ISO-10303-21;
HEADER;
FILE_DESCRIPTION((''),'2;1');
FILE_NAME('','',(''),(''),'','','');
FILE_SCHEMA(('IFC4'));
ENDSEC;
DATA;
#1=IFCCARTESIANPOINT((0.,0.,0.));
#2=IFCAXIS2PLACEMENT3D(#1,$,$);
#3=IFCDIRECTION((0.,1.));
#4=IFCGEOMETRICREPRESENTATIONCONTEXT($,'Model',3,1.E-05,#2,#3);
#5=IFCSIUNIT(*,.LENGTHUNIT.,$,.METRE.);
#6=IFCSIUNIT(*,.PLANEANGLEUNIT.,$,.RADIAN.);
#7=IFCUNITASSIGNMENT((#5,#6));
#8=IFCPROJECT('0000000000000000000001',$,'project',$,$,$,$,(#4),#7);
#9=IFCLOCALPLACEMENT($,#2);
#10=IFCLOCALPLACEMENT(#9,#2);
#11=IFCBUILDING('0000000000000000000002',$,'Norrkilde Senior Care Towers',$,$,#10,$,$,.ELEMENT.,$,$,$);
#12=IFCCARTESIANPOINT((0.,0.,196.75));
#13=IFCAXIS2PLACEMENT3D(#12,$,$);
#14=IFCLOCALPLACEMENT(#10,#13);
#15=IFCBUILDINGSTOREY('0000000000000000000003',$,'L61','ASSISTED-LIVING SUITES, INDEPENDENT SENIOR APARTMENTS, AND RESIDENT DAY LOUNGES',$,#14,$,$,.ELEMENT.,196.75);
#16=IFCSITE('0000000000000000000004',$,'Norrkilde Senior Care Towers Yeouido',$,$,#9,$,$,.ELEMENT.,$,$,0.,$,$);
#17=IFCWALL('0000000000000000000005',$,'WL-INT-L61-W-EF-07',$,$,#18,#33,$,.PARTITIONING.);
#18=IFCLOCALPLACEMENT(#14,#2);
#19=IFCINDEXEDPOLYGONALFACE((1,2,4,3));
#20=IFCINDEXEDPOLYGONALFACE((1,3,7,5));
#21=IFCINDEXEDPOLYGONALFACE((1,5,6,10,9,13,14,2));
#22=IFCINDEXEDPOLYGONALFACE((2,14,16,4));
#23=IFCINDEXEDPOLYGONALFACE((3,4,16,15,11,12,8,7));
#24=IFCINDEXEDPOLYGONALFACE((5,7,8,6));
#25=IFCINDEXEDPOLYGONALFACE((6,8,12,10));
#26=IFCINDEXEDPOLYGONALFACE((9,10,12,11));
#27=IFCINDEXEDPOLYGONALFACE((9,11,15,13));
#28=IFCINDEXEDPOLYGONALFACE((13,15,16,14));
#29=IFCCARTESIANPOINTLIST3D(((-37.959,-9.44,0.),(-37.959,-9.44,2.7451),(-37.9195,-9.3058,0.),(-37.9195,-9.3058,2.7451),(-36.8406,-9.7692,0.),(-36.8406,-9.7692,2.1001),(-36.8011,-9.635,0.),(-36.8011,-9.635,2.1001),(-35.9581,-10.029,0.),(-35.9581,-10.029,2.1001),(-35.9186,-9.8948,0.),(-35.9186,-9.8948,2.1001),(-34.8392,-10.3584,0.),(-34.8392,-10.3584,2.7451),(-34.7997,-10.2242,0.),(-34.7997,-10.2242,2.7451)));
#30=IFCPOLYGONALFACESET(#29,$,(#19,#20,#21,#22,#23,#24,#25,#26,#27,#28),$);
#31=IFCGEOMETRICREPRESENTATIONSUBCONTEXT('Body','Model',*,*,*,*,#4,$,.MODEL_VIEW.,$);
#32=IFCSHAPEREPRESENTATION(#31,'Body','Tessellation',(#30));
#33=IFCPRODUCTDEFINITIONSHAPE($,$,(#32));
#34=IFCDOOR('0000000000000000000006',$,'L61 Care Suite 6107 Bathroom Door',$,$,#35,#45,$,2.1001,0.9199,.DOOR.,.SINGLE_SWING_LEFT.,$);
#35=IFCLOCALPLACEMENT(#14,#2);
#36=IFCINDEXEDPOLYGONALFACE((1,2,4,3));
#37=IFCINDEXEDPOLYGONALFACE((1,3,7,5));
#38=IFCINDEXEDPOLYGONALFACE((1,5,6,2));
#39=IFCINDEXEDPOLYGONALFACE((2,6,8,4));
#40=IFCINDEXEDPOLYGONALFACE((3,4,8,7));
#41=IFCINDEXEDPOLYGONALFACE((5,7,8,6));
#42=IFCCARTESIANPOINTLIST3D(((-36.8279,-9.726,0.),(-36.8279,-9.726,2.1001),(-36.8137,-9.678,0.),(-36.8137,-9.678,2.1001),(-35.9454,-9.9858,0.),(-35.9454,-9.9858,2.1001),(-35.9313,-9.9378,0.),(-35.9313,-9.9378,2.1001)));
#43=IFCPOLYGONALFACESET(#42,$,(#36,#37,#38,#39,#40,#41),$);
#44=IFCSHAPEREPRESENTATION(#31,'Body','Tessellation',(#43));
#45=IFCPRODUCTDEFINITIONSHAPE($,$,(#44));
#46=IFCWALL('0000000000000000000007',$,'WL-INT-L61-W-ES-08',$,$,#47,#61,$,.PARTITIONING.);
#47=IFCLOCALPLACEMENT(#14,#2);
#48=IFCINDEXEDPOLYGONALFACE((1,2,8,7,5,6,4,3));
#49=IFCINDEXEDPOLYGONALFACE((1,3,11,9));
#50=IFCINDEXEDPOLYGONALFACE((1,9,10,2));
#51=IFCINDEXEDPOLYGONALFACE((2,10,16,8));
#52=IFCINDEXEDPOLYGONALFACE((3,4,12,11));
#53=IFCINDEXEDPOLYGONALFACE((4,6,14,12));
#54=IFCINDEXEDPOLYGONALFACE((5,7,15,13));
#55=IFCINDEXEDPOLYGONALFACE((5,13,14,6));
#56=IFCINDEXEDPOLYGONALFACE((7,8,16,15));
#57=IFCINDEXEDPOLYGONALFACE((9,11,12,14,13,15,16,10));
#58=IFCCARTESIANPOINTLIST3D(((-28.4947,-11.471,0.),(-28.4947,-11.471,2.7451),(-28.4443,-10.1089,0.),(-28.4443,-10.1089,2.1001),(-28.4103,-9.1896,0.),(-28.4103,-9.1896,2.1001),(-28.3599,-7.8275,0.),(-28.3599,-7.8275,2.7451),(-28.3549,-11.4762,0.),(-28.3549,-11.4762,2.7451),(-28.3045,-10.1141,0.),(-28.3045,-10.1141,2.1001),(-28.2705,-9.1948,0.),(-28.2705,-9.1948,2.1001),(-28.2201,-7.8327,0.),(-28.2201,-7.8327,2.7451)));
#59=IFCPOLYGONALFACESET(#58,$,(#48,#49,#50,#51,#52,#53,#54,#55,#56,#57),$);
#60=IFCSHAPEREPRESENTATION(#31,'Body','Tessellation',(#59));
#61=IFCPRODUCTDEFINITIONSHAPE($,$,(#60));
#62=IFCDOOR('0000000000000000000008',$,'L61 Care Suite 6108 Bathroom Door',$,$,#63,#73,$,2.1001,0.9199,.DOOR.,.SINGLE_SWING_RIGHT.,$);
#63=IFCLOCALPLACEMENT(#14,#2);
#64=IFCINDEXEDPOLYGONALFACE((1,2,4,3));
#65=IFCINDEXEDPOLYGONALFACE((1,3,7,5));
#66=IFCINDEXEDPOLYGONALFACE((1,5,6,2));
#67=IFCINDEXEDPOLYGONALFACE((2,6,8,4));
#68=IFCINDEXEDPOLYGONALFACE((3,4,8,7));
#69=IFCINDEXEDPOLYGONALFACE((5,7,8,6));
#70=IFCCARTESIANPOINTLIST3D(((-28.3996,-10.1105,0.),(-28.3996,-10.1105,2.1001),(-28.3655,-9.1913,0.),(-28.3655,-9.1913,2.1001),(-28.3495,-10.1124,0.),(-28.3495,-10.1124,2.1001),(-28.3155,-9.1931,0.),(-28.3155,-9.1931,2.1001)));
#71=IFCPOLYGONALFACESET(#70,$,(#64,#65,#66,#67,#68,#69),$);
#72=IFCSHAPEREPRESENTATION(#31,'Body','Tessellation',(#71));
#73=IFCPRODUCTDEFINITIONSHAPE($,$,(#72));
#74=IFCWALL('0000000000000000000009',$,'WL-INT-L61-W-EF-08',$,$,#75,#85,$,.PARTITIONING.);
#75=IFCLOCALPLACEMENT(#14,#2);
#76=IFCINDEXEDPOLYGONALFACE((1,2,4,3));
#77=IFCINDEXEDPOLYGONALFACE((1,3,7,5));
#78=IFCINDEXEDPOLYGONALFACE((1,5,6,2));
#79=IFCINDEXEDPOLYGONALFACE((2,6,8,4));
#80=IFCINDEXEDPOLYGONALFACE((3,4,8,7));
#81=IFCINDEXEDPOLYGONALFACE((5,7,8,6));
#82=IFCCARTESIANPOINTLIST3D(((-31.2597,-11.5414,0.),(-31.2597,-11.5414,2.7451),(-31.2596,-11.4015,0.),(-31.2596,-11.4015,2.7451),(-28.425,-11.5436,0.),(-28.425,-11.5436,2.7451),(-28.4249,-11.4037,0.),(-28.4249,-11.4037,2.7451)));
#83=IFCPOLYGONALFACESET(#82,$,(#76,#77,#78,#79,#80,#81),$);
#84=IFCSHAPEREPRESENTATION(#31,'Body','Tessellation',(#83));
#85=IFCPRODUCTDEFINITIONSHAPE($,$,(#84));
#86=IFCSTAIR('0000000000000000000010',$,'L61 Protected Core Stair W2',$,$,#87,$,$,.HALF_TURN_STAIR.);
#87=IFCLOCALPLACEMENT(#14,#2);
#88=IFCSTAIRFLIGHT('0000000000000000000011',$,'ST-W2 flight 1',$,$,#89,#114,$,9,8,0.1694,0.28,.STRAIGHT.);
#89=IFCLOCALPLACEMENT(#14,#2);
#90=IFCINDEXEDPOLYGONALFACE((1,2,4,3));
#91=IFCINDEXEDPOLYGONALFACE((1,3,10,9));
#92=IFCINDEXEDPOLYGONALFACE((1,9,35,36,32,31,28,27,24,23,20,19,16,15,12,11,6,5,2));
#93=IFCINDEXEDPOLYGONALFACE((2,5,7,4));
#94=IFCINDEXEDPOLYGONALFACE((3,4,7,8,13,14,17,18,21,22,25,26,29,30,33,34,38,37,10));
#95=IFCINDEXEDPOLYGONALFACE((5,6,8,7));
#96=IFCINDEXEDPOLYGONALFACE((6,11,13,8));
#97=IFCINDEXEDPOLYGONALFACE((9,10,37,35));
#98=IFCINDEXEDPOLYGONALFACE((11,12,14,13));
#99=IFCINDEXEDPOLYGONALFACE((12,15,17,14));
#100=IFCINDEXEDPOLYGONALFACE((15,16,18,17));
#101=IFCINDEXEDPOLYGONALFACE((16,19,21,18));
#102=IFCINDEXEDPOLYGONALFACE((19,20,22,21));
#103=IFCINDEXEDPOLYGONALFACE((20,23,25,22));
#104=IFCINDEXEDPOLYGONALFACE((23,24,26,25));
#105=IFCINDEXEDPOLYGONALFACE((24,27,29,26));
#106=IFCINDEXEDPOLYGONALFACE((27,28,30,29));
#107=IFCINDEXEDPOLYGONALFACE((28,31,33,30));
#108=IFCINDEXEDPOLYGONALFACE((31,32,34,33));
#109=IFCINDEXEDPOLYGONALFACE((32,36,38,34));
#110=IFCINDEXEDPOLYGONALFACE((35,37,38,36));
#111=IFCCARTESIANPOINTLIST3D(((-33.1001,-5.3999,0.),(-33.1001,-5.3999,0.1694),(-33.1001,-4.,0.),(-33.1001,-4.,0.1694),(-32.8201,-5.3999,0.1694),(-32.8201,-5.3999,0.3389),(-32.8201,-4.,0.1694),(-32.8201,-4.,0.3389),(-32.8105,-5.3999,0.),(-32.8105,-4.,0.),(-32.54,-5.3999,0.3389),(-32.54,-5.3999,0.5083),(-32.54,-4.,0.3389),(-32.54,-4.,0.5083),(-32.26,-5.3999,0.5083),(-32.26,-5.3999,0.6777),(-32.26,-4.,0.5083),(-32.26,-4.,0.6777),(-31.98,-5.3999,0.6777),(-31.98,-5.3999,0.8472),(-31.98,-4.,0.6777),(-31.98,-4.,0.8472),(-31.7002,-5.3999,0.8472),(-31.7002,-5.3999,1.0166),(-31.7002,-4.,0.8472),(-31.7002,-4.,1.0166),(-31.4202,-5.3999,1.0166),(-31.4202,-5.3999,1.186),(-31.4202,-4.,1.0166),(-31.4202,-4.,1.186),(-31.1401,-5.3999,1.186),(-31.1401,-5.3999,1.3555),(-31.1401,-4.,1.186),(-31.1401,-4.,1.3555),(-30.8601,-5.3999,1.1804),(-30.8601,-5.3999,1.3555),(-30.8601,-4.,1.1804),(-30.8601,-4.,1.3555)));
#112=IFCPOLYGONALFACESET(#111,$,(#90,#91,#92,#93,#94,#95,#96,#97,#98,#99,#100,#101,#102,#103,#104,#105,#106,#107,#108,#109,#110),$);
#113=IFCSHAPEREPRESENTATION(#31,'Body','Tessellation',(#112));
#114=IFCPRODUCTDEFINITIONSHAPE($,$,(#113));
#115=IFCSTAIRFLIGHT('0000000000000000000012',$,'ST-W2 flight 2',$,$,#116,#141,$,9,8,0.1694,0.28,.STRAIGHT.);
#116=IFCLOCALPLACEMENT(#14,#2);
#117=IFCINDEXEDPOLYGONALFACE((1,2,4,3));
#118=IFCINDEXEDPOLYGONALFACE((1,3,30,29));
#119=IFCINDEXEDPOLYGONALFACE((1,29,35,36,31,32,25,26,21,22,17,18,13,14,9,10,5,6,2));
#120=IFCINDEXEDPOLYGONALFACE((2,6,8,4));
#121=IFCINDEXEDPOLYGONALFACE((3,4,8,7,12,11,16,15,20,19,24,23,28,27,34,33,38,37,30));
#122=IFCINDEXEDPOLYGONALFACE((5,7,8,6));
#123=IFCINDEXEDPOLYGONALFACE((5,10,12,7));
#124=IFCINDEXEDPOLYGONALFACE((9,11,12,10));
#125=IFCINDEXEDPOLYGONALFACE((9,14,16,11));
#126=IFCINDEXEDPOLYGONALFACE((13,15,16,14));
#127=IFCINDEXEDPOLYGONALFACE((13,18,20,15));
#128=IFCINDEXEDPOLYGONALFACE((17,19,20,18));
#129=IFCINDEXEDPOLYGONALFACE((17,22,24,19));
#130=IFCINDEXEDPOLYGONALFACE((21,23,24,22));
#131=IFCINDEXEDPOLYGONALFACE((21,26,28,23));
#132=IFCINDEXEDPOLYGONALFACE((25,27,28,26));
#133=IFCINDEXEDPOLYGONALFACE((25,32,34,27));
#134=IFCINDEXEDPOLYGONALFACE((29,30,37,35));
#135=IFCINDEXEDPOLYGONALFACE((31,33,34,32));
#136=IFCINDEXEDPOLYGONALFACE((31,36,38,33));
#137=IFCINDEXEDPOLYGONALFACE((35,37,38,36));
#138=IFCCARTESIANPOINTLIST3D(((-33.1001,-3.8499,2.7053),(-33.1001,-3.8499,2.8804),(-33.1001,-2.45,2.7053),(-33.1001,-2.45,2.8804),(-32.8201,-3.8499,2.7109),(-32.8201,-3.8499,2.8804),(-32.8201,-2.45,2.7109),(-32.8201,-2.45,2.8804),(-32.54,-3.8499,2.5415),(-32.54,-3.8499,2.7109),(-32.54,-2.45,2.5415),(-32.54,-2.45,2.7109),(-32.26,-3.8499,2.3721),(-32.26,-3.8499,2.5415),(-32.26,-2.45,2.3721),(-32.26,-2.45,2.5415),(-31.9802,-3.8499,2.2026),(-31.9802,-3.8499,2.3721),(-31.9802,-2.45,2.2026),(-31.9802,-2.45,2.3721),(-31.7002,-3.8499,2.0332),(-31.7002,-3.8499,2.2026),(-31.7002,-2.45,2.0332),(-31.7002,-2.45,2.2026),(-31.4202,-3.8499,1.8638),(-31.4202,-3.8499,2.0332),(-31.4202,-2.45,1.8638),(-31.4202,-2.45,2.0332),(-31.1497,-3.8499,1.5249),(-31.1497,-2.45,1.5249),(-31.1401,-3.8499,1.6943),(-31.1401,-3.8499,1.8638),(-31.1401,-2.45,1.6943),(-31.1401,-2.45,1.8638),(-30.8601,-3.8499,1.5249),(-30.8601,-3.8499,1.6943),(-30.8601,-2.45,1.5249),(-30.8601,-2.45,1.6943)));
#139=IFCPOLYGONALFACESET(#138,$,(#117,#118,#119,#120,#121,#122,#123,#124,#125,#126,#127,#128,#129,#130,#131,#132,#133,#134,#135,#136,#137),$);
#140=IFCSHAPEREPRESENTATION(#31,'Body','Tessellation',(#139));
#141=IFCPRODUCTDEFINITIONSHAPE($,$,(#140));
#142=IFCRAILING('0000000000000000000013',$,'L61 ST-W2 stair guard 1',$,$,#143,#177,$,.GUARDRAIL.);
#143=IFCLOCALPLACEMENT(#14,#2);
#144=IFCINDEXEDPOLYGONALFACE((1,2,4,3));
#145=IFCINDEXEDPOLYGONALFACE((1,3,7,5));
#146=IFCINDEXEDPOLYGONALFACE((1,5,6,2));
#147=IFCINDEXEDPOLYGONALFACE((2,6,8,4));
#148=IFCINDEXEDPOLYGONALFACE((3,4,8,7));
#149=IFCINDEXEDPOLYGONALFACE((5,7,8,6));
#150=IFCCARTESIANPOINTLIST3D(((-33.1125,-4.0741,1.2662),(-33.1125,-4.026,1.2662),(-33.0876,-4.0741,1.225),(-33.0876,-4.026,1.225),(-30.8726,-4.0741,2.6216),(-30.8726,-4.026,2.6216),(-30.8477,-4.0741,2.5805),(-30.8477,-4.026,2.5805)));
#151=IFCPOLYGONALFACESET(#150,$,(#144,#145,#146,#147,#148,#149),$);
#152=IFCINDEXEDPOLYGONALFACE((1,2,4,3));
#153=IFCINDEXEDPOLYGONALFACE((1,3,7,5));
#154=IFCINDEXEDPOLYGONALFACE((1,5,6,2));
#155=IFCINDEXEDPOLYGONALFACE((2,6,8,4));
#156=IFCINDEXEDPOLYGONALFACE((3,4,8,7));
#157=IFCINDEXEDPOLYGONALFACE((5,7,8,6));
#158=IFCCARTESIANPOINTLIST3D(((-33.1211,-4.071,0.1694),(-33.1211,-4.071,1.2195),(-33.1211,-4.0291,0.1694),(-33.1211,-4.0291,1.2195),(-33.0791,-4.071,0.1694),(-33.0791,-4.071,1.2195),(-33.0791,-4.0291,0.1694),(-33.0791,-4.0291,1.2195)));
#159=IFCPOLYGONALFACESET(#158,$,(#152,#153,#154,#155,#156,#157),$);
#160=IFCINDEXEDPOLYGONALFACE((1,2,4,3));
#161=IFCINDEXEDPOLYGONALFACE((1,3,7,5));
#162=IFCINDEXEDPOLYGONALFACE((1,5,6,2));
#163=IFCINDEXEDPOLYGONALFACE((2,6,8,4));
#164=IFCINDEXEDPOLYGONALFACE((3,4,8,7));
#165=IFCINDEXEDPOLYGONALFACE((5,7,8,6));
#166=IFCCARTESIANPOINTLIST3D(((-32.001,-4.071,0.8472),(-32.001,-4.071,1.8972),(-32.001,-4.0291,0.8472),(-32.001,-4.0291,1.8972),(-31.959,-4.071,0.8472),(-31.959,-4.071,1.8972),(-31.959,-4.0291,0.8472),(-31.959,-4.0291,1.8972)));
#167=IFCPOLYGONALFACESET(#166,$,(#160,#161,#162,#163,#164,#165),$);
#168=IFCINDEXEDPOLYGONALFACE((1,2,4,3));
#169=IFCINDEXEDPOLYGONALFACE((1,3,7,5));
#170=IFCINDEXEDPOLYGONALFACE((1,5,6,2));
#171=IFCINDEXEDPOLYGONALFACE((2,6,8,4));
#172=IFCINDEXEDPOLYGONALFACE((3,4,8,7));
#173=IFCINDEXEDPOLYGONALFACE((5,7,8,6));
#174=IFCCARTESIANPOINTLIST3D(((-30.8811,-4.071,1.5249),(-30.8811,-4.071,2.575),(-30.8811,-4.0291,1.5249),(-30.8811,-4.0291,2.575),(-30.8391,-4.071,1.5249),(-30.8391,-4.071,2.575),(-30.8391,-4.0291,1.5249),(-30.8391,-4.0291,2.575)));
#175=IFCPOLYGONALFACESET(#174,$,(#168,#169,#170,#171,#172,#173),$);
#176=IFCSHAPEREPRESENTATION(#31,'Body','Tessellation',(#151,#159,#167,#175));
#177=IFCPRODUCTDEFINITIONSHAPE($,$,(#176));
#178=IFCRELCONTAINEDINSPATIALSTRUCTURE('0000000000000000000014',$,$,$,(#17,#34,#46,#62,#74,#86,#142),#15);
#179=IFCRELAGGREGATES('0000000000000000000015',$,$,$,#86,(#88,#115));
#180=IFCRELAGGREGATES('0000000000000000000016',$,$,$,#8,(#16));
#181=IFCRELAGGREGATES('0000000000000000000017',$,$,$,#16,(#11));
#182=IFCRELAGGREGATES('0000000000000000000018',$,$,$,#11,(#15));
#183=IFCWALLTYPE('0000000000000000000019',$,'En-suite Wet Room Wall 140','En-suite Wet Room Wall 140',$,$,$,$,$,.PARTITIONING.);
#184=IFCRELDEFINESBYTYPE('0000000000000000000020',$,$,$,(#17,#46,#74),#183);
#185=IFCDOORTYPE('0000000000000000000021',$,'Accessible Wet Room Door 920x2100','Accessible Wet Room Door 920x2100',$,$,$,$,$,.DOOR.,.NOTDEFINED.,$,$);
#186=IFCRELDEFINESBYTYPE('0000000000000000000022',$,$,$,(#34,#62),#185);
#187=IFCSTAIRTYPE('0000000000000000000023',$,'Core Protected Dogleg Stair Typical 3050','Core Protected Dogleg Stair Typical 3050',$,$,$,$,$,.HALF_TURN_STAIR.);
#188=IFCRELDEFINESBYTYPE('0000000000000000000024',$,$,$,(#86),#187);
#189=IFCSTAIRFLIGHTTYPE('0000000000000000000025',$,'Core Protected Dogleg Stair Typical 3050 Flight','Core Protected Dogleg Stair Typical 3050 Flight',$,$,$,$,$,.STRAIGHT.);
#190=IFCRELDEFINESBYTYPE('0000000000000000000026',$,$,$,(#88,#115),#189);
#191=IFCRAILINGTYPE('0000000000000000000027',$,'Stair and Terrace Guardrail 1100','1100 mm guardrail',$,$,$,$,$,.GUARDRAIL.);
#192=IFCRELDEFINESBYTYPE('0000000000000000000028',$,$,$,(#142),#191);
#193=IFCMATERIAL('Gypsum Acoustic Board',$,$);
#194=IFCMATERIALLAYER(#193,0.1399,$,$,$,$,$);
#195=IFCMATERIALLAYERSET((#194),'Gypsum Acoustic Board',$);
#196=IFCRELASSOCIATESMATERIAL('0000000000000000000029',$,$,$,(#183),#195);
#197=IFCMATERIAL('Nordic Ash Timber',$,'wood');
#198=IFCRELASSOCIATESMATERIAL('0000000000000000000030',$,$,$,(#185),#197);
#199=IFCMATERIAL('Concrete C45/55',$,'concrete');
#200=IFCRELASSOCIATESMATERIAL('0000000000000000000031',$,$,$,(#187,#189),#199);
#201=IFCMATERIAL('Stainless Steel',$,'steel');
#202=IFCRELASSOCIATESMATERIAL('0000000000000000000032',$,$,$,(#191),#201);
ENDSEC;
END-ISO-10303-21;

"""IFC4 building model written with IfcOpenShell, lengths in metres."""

from ifc_helpers import new_model, si_unit, direction, frame, frame_2d, origin, origin_2d, place, context, subcontext, project, spatial, polyline, rectangle, outline, extrude, source, transform, mapped, material, layer, layer_set, type_object, type_shapes, element, fill, aggregate, save


model = new_model("IFC4")

# Units and contexts
model_context = context("Model", 3, precision=1e-05, world=origin(), true_north=direction((0.0, 1.0)))
body_context = subcontext(model_context, "Body", "Model", "MODEL_VIEW")
ifc_project = project(units=[si_unit("LENGTHUNIT", "METRE"), si_unit("PLANEANGLEUNIT", "RADIAN")], contexts=[model_context])

# Site, building, storey
site_placement = place(None, origin())
site = spatial("IfcSite", under=ifc_project, at=site_placement, Name="Norrkilde Senior Care Towers Yeouido", CompositionType="ELEMENT", RefElevation=0.0)
building_placement = place(site_placement, origin())
building = spatial("IfcBuilding", under=site, at=building_placement, Name="Norrkilde Senior Care Towers", CompositionType="ELEMENT")
storey_placement = place(building_placement, frame((0.0, 0.0, 196.75)))
storey = spatial("IfcBuildingStorey", under=building, at=storey_placement, Name="L61", Description="ASSISTED-LIVING SUITES, INDEPENDENT SENIOR APARTMENTS, AND RESIDENT DAY LOUNGES", CompositionType="ELEMENT", Elevation=196.75)

# Shared definitions
ifc_material_1 = material(Name="Concrete C45/55", Category="concrete")

# Shared definitions
ifc_material_2 = material(Name="Gypsum Acoustic Board")
ifc_layer_1 = layer(ifc_material_2, 0.1399)
ifc_layer_set_1 = layer_set([ifc_layer_1], Name="Gypsum Acoustic Board")
wall_type_1 = type_object("IfcWallType", Name="En-suite Wet Room Wall 140", Description="En-suite Wet Room Wall 140", PredefinedType="PARTITIONING", material=ifc_layer_set_1)

# Walls, openings, doors
shared_shape_1 = source(origin(), body_context, "Body", "SweptSolid", [
    extrude(rectangle(XDim=3.2522, YDim=0.1399, at=frame_2d((1.626, 0.0))), origin(), (0.0, 0.0, 1.0), 2.7451),
])
wall_1_placement = place(storey_placement, frame((-34.8196, -10.2913, 0.0), z_axis=(0.0, 0.0, 1.0), x_axis=(-0.959295, 0.282406, 0.0)))
wall_1 = element("IfcWall", 1, at=wall_1_placement, inside=storey, type_object=wall_type_1, Name="WL-INT-L61-W-EF-07", PredefinedType="PARTITIONING", context=body_context, shape_type="MappedRepresentation", body=[
    mapped(shared_shape_1, transform((0.0, 0.0, 0.0), x_axis=(1.0, 0.0, 0.0), y_axis=(0.0, 1.0, 0.0), z_axis=(0.0, 0.0, 1.0), scale=1.0)),
])
opening_1_placement = place(wall_1_placement, frame((1.1663, 0.0, 0.0)))
opening_1 = element("IfcOpeningElement", 2, at=opening_1_placement, cuts=wall_1, PredefinedType="OPENING", context=body_context, shape_type="SweptSolid", body=[
    extrude(rectangle(XDim=0.9199, YDim=2.1001, at=frame_2d((0.46, 1.05))), frame((0.0, 0.0798, 0.0), z_axis=(0.0, -1.0, 0.0), x_axis=(1.0, 0.0, 0.0)), (0.0, 0.0, 1.0), 0.1599),
])
ifc_material_3 = material(Name="Nordic Ash Timber", Category="wood")
door_type_1 = type_object("IfcDoorType", Name="Accessible Wet Room Door 920x2100", Description="Accessible Wet Room Door 920x2100", OperationType="NOTDEFINED", PredefinedType="DOOR", material=ifc_material_3)
shared_shape_2 = source(origin(), body_context, "Body", "SweptSolid", [
    extrude(rectangle(XDim=0.9199, YDim=2.1001, at=frame_2d((0.46, 1.05))), frame((0.0, 0.0249, 0.0), z_axis=(0.0, -1.0, 0.0), x_axis=(1.0, 0.0, 0.0)), (0.0, 0.0, 1.0), 0.05),
])
type_shapes(door_type_1, [shared_shape_2])
door_1_placement = place(opening_1_placement, origin())
door_1 = element("IfcDoor", 3, at=door_1_placement, inside=storey, type_object=door_type_1, Name="L61 Care Suite 6107 Bathroom Door", OperationType="SINGLE_SWING_LEFT", OverallHeight=2.1001, OverallWidth=0.9199, PredefinedType="DOOR", context=body_context, shape_type="MappedRepresentation", body=[
    mapped(shared_shape_2, transform((0.0, 0.0, 0.0), x_axis=(1.0, 0.0, 0.0), y_axis=(0.0, 1.0, 0.0), z_axis=(0.0, 0.0, 1.0), scale=1.0)),
])
fill(opening_1, door_1)
shared_shape_3 = source(origin(), body_context, "Body", "SweptSolid", [
    extrude(rectangle(XDim=3.646, YDim=0.1399, at=frame_2d((1.823, 0.0))), origin(), (0.0, 0.0, 1.0), 2.7451),
])
wall_2_placement = place(storey_placement, frame((-28.29, -7.8301, 0.0), z_axis=(0.0, 0.0, 1.0), x_axis=(-0.036962, -0.999317, 0.0)))
wall_2 = element("IfcWall", 4, at=wall_2_placement, inside=storey, type_object=wall_type_1, Name="WL-INT-L61-W-ES-08", PredefinedType="PARTITIONING", context=body_context, shape_type="MappedRepresentation", body=[
    mapped(shared_shape_3, transform((0.0, 0.0, 0.0), x_axis=(1.0, 0.0, 0.0), y_axis=(0.0, 1.0, 0.0), z_axis=(0.0, 0.0, 1.0), scale=1.0)),
])
opening_2_placement = place(wall_2_placement, frame((1.363, 0.0, 0.0)))
opening_2 = element("IfcOpeningElement", 5, at=opening_2_placement, cuts=wall_2, PredefinedType="OPENING", context=body_context, shape_type="SweptSolid", body=[
    extrude(rectangle(XDim=0.9199, YDim=2.1001, at=frame_2d((0.46, 1.05))), frame((0.0, 0.0798, 0.0), z_axis=(0.0, -1.0, 0.0), x_axis=(1.0, 0.0, 0.0)), (0.0, 0.0, 1.0), 0.1599),
])
door_2_placement = place(opening_2_placement, origin())
door_2 = element("IfcDoor", 6, at=door_2_placement, inside=storey, type_object=door_type_1, Name="L61 Care Suite 6108 Bathroom Door", OperationType="SINGLE_SWING_RIGHT", OverallHeight=2.1001, OverallWidth=0.9199, PredefinedType="DOOR", context=body_context, shape_type="MappedRepresentation", body=[
    mapped(shared_shape_2, transform((0.0, 0.0, 0.0), x_axis=(1.0, 0.0, 0.0), y_axis=(0.0, 1.0, 0.0), z_axis=(0.0, 0.0, 1.0), scale=1.0)),
])
fill(opening_2, door_2)

# Wall
shared_shape_4 = source(origin(), body_context, "Body", "SweptSolid", [
    extrude(rectangle(XDim=2.8347, YDim=0.1399, at=frame_2d((1.4175, 0.0))), origin(), (0.0, 0.0, 1.0), 2.7451),
])
wall_3_placement = place(storey_placement, frame((-28.4248, -11.4736, 0.0), z_axis=(0.0, 0.0, 1.0), x_axis=(-1.0, 0.000775, 0.0)))
element("IfcWall", 7, at=wall_3_placement, inside=storey, type_object=wall_type_1, Name="WL-INT-L61-W-EF-08", PredefinedType="PARTITIONING", context=body_context, shape_type="MappedRepresentation", body=[
    mapped(shared_shape_4, transform((0.0, 0.0, 0.0), x_axis=(1.0, 0.0, 0.0), y_axis=(0.0, 1.0, 0.0), z_axis=(0.0, 0.0, 1.0), scale=1.0)),
])

# Stair, stair flights
stair_type = type_object("IfcStairType", Name="Core Protected Dogleg Stair Typical 3050", Description="Core Protected Dogleg Stair Typical 3050", PredefinedType="HALF_TURN_STAIR", material=ifc_material_1)
stair_placement = place(storey_placement, origin())
stair = element("IfcStair", 8, at=stair_placement, inside=storey, type_object=stair_type, Name="L61 Protected Core Stair W2", PredefinedType="HALF_TURN_STAIR")
stair_flight_type = type_object("IfcStairFlightType", Name="Core Protected Dogleg Stair Typical 3050 Flight", Description="Core Protected Dogleg Stair Typical 3050 Flight", PredefinedType="STRAIGHT", material=ifc_material_1)
stair_flight_1_placement = place(storey_placement, frame((-33.1001, -4.7, 0.0), z_axis=(0.0, 0.0, 1.0), x_axis=(1.0, 0.0, 0.0)))
stair_flight_1 = element("IfcStairFlight", 9, at=stair_flight_1_placement, type_object=stair_flight_type, Name="ST-W2 flight 1", NumberOfRisers=9, NumberOfTreads=8, PredefinedType="STRAIGHT", RiserHeight=0.1694, TreadLength=0.28, context=body_context, shape_type="SweptSolid", body=[
    extrude(outline(polyline([(0.0, 0.0), (0.0, 0.1694), (0.28, 0.1694), (0.28, 0.3389), (0.5601, 0.3389), (0.5601, 0.5083), (0.8401, 0.5083), (0.8401, 0.6777), (1.1201, 0.6777), (1.1201, 0.8472), (1.3999, 0.8472), (1.3999, 1.0166), (1.6799, 1.0166), (1.6799, 1.186), (1.96, 1.186), (1.96, 1.3555), (2.24, 1.3555), (2.24, 1.5249), (2.24, 1.1804), (0.2896, 0.0), (0.0, 0.0)])), frame((0.0, 0.7, 0.0), z_axis=(0.0, -1.0, 0.0), x_axis=(1.0, 0.0, 0.0)), (0.0, 0.0, 1.0), 1.3999),
])
stair_flight_2_placement = place(storey_placement, frame((-30.8601, -3.1499, 1.5249), z_axis=(0.0, 0.0, 1.0), x_axis=(-1.0, 0.0, 0.0)))
stair_flight_2 = element("IfcStairFlight", 10, at=stair_flight_2_placement, type_object=stair_flight_type, Name="ST-W2 flight 2", NumberOfRisers=9, NumberOfTreads=8, PredefinedType="STRAIGHT", RiserHeight=0.1694, TreadLength=0.28, context=body_context, shape_type="SweptSolid", body=[
    extrude(outline(polyline([(0.0, 0.0), (0.0, 0.1694), (0.28, 0.1694), (0.28, 0.3389), (0.5601, 0.3389), (0.5601, 0.5083), (0.8401, 0.5083), (0.8401, 0.6777), (1.1201, 0.6777), (1.1201, 0.8472), (1.3999, 0.8472), (1.3999, 1.0166), (1.6799, 1.0166), (1.6799, 1.186), (1.96, 1.186), (1.96, 1.3555), (2.24, 1.3555), (2.24, 1.5249), (2.24, 1.1804), (0.2896, 0.0), (0.0, 0.0)])), frame((0.0, 0.7, 0.0), z_axis=(0.0, -1.0, 0.0), x_axis=(1.0, 0.0, 0.0)), (0.0, 0.0, 1.0), 1.3999),
])
aggregate(stair, [stair_flight_1, stair_flight_2])

# Railing
ifc_material_4 = material(Name="Stainless Steel", Category="steel")
railing_type_1 = type_object("IfcRailingType", Name="Stair and Terrace Guardrail 1100", Description="1100 mm guardrail", PredefinedType="GUARDRAIL", material=ifc_material_4)
railing_1_placement = place(storey_placement, frame((-33.1001, -4.05, 0.1694)))
element("IfcRailing", 11, at=railing_1_placement, inside=storey, type_object=railing_type_1, Name="L61 ST-W2 stair guard 1", PredefinedType="GUARDRAIL", context=body_context, shape_type="SweptSolid", body=[
    extrude(rectangle(XDim=0.0481, YDim=0.0481, at=origin_2d()), frame((0.0, 0.0, 1.0762), z_axis=(0.855553, 0.0, 0.517715), x_axis=(0.0, 1.0, 0.0)), (0.0, 0.0, 1.0), 2.6182),
    extrude(rectangle(XDim=0.042, YDim=0.042, at=origin_2d()), origin(), (0.0, 0.0, 1.0), 1.05),
    extrude(rectangle(XDim=0.042, YDim=0.042, at=origin_2d()), frame((1.1201, 0.0, 0.6777)), (0.0, 0.0, 1.0), 1.05),
    extrude(rectangle(XDim=0.042, YDim=0.042, at=origin_2d()), frame((2.24, 0.0, 1.3555)), (0.0, 0.0, 1.0), 1.05),
])

save(model, "model.ifc")
